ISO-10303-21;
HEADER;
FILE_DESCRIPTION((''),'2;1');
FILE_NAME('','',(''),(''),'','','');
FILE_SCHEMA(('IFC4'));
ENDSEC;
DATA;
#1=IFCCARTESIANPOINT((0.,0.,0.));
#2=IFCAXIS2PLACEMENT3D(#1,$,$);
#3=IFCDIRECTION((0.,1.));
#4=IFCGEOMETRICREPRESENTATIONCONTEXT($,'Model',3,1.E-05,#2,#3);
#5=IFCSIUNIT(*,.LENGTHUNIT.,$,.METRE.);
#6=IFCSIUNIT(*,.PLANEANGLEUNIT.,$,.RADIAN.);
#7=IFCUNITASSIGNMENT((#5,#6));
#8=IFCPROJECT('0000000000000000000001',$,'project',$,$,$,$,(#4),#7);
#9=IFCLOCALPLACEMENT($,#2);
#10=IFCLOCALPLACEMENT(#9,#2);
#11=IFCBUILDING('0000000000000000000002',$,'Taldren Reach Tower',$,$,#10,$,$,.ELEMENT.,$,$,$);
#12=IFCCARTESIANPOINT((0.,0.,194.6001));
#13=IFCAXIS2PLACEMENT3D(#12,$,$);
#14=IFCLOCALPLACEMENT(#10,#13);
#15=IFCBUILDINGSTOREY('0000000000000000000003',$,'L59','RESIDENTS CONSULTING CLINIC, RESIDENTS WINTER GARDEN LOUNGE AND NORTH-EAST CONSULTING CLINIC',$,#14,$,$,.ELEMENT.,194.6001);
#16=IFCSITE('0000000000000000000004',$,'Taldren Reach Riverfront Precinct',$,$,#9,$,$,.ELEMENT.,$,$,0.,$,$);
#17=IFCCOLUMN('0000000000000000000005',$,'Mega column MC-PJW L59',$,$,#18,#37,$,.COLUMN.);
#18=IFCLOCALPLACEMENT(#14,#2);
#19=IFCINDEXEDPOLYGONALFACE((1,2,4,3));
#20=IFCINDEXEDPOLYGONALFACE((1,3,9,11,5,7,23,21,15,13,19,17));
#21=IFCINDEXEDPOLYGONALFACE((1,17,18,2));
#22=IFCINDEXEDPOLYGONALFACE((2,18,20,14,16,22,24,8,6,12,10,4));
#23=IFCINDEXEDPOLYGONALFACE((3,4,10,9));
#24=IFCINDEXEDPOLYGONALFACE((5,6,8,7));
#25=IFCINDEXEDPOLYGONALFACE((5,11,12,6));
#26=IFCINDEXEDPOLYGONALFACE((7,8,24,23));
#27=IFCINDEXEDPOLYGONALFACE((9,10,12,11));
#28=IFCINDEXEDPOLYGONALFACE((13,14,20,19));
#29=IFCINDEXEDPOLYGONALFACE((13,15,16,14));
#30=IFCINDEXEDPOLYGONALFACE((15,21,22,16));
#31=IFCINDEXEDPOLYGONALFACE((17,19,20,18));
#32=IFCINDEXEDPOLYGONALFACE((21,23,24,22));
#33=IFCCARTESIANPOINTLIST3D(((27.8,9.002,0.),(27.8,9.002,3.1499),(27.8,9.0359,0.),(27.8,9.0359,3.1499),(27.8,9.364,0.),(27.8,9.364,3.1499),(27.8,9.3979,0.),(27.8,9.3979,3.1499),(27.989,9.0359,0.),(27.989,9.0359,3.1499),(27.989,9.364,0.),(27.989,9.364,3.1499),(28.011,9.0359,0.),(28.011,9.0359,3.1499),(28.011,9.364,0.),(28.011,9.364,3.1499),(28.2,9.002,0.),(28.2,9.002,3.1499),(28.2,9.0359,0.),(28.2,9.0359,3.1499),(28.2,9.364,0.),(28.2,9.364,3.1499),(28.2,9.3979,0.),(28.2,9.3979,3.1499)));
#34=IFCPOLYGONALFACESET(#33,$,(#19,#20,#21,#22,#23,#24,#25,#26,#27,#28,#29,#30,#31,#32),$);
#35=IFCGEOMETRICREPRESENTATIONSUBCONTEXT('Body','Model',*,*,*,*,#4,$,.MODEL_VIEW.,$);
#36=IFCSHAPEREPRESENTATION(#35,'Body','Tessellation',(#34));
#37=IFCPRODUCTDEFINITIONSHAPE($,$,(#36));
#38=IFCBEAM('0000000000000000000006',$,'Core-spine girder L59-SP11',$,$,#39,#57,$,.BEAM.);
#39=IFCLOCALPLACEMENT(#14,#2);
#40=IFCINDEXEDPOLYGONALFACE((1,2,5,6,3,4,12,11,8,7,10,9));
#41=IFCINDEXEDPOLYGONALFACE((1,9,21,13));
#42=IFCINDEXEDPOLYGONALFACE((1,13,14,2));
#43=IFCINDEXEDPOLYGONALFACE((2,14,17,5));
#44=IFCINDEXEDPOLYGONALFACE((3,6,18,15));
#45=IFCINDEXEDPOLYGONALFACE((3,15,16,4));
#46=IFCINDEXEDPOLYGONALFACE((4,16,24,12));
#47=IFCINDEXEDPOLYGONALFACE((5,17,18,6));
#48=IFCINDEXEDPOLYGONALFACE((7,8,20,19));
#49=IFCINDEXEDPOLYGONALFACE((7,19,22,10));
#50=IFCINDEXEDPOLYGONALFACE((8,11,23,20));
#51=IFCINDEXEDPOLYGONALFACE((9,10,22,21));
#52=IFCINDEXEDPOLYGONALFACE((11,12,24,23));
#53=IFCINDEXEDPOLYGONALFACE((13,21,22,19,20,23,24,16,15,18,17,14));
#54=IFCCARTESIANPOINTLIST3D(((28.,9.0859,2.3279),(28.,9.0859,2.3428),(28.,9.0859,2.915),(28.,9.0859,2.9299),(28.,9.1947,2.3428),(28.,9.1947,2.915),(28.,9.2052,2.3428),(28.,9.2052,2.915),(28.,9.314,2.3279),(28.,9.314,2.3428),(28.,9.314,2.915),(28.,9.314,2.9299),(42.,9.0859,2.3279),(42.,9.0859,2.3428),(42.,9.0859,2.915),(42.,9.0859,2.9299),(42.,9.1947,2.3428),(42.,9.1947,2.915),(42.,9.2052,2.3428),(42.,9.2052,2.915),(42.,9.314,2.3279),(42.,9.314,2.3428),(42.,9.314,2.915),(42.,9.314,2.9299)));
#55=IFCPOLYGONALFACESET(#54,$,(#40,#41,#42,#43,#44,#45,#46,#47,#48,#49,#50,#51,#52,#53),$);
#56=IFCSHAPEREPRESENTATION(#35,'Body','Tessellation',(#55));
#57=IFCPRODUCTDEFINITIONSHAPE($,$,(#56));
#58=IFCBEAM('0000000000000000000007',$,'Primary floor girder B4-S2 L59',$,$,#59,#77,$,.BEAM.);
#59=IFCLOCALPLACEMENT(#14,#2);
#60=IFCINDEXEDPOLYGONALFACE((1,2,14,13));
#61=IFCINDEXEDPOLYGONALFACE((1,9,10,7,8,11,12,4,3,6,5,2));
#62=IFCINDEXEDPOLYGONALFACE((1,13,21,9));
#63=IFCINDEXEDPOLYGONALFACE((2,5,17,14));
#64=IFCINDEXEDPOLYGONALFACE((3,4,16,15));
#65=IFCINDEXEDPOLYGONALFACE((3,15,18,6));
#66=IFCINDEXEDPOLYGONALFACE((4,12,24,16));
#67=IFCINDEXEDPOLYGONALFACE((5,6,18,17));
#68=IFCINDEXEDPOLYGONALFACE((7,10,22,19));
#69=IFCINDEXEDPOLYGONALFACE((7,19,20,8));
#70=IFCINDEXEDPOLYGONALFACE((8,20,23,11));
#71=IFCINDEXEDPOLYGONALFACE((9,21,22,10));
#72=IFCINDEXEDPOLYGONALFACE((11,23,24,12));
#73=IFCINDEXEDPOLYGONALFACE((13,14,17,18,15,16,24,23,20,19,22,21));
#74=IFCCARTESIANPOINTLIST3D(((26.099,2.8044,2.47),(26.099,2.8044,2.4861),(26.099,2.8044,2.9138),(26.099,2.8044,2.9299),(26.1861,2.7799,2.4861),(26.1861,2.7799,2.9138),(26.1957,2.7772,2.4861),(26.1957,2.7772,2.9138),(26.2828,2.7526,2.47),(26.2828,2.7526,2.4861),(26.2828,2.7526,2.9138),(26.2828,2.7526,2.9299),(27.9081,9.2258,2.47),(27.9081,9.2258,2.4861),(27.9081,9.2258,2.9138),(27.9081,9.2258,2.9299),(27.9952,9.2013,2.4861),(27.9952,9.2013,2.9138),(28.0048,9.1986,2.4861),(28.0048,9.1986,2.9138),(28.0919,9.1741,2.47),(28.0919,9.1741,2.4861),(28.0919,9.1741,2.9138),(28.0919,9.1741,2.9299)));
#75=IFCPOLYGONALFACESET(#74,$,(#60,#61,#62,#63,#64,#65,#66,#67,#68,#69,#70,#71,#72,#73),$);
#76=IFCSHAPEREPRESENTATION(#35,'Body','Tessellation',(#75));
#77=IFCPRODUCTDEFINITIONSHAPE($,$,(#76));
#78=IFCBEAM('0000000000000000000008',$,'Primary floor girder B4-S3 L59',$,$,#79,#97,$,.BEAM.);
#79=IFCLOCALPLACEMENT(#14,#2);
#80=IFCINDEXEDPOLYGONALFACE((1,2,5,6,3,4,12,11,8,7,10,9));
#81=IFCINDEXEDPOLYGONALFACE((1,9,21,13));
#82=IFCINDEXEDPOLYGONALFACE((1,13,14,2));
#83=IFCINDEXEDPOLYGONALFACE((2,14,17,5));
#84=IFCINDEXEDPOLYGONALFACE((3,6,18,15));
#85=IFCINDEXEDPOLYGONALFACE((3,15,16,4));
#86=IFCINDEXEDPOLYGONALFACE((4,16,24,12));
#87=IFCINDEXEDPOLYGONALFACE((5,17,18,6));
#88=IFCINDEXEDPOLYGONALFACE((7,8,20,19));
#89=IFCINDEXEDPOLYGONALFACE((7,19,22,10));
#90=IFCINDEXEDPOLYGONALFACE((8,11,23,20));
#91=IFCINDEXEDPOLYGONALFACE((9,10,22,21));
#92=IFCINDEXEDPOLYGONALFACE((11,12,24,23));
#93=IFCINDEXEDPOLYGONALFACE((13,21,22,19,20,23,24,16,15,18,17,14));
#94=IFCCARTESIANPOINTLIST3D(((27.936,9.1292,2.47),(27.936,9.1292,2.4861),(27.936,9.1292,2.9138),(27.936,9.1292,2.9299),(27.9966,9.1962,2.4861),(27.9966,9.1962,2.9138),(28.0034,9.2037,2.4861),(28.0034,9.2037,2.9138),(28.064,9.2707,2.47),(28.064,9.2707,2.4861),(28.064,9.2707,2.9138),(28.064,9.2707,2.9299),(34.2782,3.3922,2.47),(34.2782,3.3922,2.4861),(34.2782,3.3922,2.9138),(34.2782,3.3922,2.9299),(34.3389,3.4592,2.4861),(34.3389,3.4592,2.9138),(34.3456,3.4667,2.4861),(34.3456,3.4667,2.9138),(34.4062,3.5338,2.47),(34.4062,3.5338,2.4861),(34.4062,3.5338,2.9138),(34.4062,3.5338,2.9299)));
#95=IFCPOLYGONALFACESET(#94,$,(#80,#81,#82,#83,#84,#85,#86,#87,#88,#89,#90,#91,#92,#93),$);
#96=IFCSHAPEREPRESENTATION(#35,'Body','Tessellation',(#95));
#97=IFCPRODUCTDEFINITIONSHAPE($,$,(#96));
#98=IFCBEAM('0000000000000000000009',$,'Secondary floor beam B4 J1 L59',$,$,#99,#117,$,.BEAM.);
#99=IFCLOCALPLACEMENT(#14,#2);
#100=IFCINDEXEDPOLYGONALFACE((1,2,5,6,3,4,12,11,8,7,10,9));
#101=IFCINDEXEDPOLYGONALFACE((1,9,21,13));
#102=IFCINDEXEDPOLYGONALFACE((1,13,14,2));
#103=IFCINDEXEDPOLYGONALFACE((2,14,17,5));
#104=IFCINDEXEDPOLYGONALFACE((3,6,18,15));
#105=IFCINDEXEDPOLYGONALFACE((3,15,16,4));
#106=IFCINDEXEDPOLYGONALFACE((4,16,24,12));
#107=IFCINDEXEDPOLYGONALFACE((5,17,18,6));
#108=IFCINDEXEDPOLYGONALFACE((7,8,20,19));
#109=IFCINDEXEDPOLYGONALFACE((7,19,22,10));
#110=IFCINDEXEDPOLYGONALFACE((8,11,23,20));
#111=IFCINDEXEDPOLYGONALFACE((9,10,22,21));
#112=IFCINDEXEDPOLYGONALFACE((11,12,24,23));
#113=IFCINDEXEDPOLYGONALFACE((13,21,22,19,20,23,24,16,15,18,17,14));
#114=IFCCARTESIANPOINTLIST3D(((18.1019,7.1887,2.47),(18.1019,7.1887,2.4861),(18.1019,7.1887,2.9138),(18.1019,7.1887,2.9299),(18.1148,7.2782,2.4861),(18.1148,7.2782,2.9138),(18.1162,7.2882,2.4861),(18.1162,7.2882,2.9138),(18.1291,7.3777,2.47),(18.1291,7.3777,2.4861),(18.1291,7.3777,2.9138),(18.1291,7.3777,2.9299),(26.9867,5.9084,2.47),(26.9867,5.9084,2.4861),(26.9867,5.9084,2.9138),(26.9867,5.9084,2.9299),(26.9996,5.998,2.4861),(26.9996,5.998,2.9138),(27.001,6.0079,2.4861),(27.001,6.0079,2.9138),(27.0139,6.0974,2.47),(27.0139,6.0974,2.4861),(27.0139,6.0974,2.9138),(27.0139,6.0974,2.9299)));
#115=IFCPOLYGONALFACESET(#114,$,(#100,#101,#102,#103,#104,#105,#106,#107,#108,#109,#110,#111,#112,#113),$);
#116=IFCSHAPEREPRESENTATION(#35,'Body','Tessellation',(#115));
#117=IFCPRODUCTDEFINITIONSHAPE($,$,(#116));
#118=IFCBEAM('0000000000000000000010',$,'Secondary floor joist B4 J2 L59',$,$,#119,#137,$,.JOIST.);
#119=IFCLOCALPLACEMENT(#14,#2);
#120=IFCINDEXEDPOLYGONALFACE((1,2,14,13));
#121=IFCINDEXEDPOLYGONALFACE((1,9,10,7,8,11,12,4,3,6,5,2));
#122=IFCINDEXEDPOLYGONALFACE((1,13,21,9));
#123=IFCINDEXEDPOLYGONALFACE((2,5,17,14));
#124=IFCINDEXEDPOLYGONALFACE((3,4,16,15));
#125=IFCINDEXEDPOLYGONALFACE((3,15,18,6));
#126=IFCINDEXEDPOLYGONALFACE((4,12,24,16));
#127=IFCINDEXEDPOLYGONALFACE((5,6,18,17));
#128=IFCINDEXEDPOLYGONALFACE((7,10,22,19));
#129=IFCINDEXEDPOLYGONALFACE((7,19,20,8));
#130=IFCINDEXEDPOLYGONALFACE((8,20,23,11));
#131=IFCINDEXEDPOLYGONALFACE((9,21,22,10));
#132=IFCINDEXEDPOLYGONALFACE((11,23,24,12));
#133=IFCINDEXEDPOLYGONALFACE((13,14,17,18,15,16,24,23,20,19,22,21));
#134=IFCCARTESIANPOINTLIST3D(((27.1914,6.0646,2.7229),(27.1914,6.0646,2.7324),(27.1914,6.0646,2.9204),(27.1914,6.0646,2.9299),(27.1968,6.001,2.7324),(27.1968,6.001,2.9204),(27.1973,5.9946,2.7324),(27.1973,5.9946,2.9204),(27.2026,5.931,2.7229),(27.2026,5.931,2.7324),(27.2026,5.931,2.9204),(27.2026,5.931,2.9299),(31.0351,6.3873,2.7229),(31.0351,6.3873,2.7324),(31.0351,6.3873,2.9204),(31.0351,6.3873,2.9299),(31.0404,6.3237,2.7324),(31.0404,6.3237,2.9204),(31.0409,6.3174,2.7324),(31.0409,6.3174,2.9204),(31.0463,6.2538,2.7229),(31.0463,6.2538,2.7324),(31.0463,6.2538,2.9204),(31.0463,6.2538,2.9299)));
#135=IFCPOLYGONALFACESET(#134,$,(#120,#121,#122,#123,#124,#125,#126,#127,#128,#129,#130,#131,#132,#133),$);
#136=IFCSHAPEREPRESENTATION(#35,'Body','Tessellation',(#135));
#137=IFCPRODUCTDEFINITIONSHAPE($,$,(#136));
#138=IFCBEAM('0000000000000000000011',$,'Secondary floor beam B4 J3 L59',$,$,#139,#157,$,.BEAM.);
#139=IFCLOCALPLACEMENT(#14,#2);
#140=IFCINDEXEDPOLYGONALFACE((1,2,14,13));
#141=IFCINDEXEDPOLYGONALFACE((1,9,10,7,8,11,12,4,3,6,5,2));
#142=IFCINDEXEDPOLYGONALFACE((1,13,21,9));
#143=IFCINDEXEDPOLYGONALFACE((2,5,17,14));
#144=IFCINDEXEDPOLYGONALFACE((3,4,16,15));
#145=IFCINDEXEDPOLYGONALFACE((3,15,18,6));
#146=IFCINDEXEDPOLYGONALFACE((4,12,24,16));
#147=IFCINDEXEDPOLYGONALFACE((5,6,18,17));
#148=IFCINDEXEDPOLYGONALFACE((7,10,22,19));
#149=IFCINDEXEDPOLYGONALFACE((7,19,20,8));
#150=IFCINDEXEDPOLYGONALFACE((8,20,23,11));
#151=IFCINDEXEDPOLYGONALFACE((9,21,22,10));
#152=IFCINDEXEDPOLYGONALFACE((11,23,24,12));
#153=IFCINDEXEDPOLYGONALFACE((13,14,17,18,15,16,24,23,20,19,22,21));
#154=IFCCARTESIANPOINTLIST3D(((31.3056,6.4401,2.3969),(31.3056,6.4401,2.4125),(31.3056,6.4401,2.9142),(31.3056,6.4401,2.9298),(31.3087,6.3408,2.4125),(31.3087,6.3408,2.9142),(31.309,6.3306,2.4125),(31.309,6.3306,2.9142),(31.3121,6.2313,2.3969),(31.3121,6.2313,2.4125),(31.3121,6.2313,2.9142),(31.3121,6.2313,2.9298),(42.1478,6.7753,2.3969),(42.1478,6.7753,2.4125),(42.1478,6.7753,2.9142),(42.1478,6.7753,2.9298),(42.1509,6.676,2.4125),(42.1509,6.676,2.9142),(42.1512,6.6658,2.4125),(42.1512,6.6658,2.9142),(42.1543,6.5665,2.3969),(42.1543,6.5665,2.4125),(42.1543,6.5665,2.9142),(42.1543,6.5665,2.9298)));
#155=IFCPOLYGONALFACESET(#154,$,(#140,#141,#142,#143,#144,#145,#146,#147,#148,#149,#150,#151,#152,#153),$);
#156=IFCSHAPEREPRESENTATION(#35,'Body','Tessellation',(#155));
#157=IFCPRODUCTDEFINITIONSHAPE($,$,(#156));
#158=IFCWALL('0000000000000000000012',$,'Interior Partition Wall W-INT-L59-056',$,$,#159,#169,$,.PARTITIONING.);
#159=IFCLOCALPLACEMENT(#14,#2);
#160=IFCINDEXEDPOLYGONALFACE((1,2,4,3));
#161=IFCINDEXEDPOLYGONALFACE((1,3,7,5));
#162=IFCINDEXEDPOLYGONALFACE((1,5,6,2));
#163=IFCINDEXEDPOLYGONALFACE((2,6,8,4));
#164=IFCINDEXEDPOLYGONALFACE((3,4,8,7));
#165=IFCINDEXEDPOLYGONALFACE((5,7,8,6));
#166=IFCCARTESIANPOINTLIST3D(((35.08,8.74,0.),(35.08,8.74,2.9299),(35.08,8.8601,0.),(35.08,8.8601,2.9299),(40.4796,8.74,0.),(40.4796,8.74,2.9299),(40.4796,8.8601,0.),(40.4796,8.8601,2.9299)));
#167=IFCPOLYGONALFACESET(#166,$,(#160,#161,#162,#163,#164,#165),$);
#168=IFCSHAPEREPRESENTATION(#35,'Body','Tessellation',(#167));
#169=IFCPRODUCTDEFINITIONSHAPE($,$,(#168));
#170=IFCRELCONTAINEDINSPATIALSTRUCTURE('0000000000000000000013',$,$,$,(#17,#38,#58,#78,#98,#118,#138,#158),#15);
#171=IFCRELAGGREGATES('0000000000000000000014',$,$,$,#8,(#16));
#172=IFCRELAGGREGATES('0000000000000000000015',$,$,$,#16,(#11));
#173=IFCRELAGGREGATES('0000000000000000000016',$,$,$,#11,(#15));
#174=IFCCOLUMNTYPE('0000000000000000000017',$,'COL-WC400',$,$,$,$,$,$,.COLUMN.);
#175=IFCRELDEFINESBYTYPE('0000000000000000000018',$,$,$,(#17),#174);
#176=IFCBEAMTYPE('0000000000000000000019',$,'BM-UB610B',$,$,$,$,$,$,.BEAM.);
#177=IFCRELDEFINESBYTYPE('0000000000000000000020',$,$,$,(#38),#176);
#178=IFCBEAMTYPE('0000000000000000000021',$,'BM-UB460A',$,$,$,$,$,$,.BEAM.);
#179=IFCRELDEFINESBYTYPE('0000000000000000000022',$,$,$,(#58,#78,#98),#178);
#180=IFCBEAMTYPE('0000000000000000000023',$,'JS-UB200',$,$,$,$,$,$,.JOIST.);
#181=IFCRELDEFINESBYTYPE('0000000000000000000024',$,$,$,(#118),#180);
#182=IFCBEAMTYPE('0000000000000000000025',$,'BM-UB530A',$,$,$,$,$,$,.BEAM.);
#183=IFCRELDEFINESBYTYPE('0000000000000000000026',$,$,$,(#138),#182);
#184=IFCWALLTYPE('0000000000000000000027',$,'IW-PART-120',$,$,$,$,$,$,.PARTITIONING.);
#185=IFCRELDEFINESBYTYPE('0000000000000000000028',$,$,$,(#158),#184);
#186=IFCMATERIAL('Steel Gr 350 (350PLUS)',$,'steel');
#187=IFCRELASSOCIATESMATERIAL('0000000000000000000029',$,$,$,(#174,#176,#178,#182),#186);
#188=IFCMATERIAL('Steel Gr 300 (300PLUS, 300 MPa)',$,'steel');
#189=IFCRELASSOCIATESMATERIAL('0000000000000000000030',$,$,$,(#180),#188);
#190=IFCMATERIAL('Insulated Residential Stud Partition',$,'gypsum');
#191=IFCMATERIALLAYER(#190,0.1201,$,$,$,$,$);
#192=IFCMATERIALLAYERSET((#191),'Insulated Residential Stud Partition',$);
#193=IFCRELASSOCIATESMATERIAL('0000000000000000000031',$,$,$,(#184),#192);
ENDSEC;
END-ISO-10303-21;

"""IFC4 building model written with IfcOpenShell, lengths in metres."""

from ifc_helpers import new_model, si_unit, direction, frame, frame_2d, origin, origin_2d, place, context, subcontext, project, spatial, rectangle, i_section, extrude, source, transform, mapped, material, layer, layer_set, material_profile, profile_set, type_object, element, save


model = new_model("IFC4")

# Units and contexts
model_context = context("Model", 3, precision=1e-05, world=origin(), true_north=direction((0.0, 1.0)))
body_context = subcontext(model_context, "Body", "Model", "MODEL_VIEW")
ifc_project = project(units=[si_unit("LENGTHUNIT", "METRE"), si_unit("PLANEANGLEUNIT", "RADIAN")], contexts=[model_context])

# Site, building, storey
site_placement = place(None, origin())
site = spatial("IfcSite", under=ifc_project, at=site_placement, Name="Taldren Reach Riverfront Precinct", CompositionType="ELEMENT", RefElevation=0.0)
building_placement = place(site_placement, origin())
building = spatial("IfcBuilding", under=site, at=building_placement, Name="Taldren Reach Tower", CompositionType="ELEMENT")
storey_placement = place(building_placement, frame((0.0, 0.0, 194.6001)))
storey = spatial("IfcBuildingStorey", under=building, at=storey_placement, Name="L59", Description="RESIDENTS CONSULTING CLINIC, RESIDENTS WINTER GARDEN LOUNGE AND NORTH-EAST CONSULTING CLINIC", CompositionType="ELEMENT", Elevation=194.6001)

# Column
ifc_material_1 = material(Name="Steel Gr 350 (350PLUS)", Category="steel")
ifc_material_profile_1 = material_profile(ifc_material_1, i_section(OverallWidth=0.3999, OverallDepth=0.396, WebThickness=0.022, FlangeThickness=0.0339, at=origin_2d()), Name="400WC270")
ifc_profile_set_1 = profile_set([ifc_material_profile_1], Name="Steel Gr 350 (350PLUS)")
column_type = type_object("IfcColumnType", Name="COL-WC400", PredefinedType="COLUMN", material=ifc_profile_set_1)
shared_shape_1 = source(origin(), body_context, "Body", "SweptSolid", [
    extrude(i_section(OverallWidth=0.3999, OverallDepth=0.396, WebThickness=0.022, FlangeThickness=0.0339, at=origin_2d()), origin(), (0.0, 0.0, 1.0), 3.1499),
])
column_placement = place(storey_placement, frame((28.0, 9.2, 0.0), z_axis=(0.0, 0.0, 1.0), x_axis=(1.0, 0.0, 0.0)))
element("IfcColumn", 1, at=column_placement, inside=storey, type_object=column_type, Name="Mega column MC-PJW L59", PredefinedType="COLUMN", context=body_context, shape_type="MappedRepresentation", body=[
    mapped(shared_shape_1, transform((0.0, 0.0, 0.0), scale=1.0)),
])

# Beams
ifc_material_profile_2 = material_profile(ifc_material_1, i_section(OverallWidth=0.228, OverallDepth=0.6021, WebThickness=0.0105, FlangeThickness=0.0149, at=origin_2d()), Name="610UB101")
ifc_profile_set_2 = profile_set([ifc_material_profile_2], Name="Steel Gr 350 (350PLUS)")
beam_type_1 = type_object("IfcBeamType", Name="BM-UB610B", PredefinedType="BEAM", material=ifc_profile_set_2)
shared_shape_2 = source(origin(), body_context, "Body", "SweptSolid", [
    extrude(i_section(OverallWidth=0.228, OverallDepth=0.6021, WebThickness=0.0105, FlangeThickness=0.0149, at=origin_2d()), origin(), (0.0, 0.0, 1.0), 14.0),
])
beam_1_placement = place(storey_placement, frame((28.0, 9.2, 2.6289), z_axis=(1.0, 0.0, 0.0), x_axis=(0.0, 1.0, 0.0)))
element("IfcBeam", 2, at=beam_1_placement, inside=storey, type_object=beam_type_1, Name="Core-spine girder L59-SP11", PredefinedType="BEAM", context=body_context, shape_type="MappedRepresentation", body=[
    mapped(shared_shape_2, transform((0.0, 0.0, 0.0), scale=1.0)),
])
ifc_material_profile_3 = material_profile(ifc_material_1, i_section(OverallWidth=0.1909, OverallDepth=0.46, WebThickness=0.01, FlangeThickness=0.0161, at=origin_2d()), Name="460UB82.1")
ifc_profile_set_3 = profile_set([ifc_material_profile_3], Name="Steel Gr 350 (350PLUS)")
beam_type_2 = type_object("IfcBeamType", Name="BM-UB460A", PredefinedType="BEAM", material=ifc_profile_set_3)
shared_shape_3 = source(origin(), body_context, "Body", "SweptSolid", [
    extrude(i_section(OverallWidth=0.1909, OverallDepth=0.46, WebThickness=0.01, FlangeThickness=0.0161, at=origin_2d()), origin(), (0.0, 0.0, 1.0), 6.6714),
])
beam_2_placement = place(storey_placement, frame((28.0, 9.2, 2.7), z_axis=(-0.271172, -0.962531, 0.0), x_axis=(0.962531, -0.271172, 0.0)))
element("IfcBeam", 3, at=beam_2_placement, inside=storey, type_object=beam_type_2, Name="Primary floor girder B4-S2 L59", PredefinedType="BEAM", context=body_context, shape_type="MappedRepresentation", body=[
    mapped(shared_shape_3, transform((0.0, 0.0, 0.0), scale=1.0)),
])
shared_shape_4 = source(origin(), body_context, "Body", "SweptSolid", [
    extrude(i_section(OverallWidth=0.1909, OverallDepth=0.46, WebThickness=0.01, FlangeThickness=0.0161, at=origin_2d()), origin(), (0.0, 0.0, 1.0), 8.552),
])
beam_3_placement = place(storey_placement, frame((28.0, 9.2, 2.7), z_axis=(0.741605, -0.670836, 0.0), x_axis=(0.670836, 0.741605, 0.0)))
element("IfcBeam", 4, at=beam_3_placement, inside=storey, type_object=beam_type_2, Name="Primary floor girder B4-S3 L59", PredefinedType="BEAM", context=body_context, shape_type="MappedRepresentation", body=[
    mapped(shared_shape_4, transform((0.0, 0.0, 0.0), scale=1.0)),
])
shared_shape_5 = source(origin(), body_context, "Body", "SweptSolid", [
    extrude(i_section(OverallWidth=0.1909, OverallDepth=0.46, WebThickness=0.01, FlangeThickness=0.0161, at=origin_2d()), origin(), (0.0, 0.0, 1.0), 8.9766),
])
beam_4_placement = place(storey_placement, frame((18.1155, 7.2832, 2.7), z_axis=(0.989777, -0.142624, 0.0), x_axis=(0.142624, 0.989777, 0.0)))
element("IfcBeam", 5, at=beam_4_placement, inside=storey, type_object=beam_type_2, Name="Secondary floor beam B4 J1 L59", PredefinedType="BEAM", context=body_context, shape_type="MappedRepresentation", body=[
    mapped(shared_shape_5, transform((0.0, 0.0, 0.0), scale=1.0)),
])
ifc_material_2 = material(Name="Steel Gr 300 (300PLUS, 300 MPa)", Category="steel")
ifc_material_profile_4 = material_profile(ifc_material_2, i_section(OverallWidth=0.134, OverallDepth=0.207, WebThickness=0.0063, FlangeThickness=0.0095, at=origin_2d()), Name="200UB29.8")
ifc_profile_set_4 = profile_set([ifc_material_profile_4], Name="Steel Gr 300 (300PLUS, 300 MPa)")
beam_type_3 = type_object("IfcBeamType", Name="JS-UB200", PredefinedType="JOIST", material=ifc_profile_set_4)
shared_shape_6 = source(origin(), body_context, "Body", "SweptSolid", [
    extrude(i_section(OverallWidth=0.134, OverallDepth=0.207, WebThickness=0.0063, FlangeThickness=0.0095, at=origin_2d()), origin(), (0.0, 0.0, 1.0), 3.8572),
])
beam_5_placement = place(storey_placement, frame((27.197, 5.9978, 2.8264), z_axis=(0.996493, 0.083674, 0.0), x_axis=(-0.083674, 0.996493, 0.0)))
element("IfcBeam", 6, at=beam_5_placement, inside=storey, type_object=beam_type_3, Name="Secondary floor joist B4 J2 L59", PredefinedType="JOIST", context=body_context, shape_type="MappedRepresentation", body=[
    mapped(shared_shape_6, transform((0.0, 0.0, 0.0), scale=1.0)),
])
ifc_material_profile_5 = material_profile(ifc_material_1, i_section(OverallWidth=0.209, OverallDepth=0.533, WebThickness=0.0103, FlangeThickness=0.0156, at=origin_2d()), Name="530UB92.4")
ifc_profile_set_5 = profile_set([ifc_material_profile_5], Name="Steel Gr 350 (350PLUS)")
beam_type_4 = type_object("IfcBeamType", Name="BM-UB530A", PredefinedType="BEAM", material=ifc_profile_set_5)
shared_shape_7 = source(origin(), body_context, "Body", "SweptSolid", [
    extrude(i_section(OverallWidth=0.209, OverallDepth=0.533, WebThickness=0.0103, FlangeThickness=0.0156, at=origin_2d()), origin(), (0.0, 0.0, 1.0), 10.8474),
])
beam_6_placement = place(storey_placement, frame((31.3088, 6.3357, 2.6633), z_axis=(0.999522, 0.030902, 0.0), x_axis=(-0.030902, 0.999522, 0.0)))
element("IfcBeam", 7, at=beam_6_placement, inside=storey, type_object=beam_type_4, Name="Secondary floor beam B4 J3 L59", PredefinedType="BEAM", context=body_context, shape_type="MappedRepresentation", body=[
    mapped(shared_shape_7, transform((0.0, 0.0, 0.0), scale=1.0)),
])

# Wall
ifc_material_3 = material(Name="Insulated Residential Stud Partition", Category="gypsum")
ifc_layer_1 = layer(ifc_material_3, 0.1201)
ifc_layer_set_1 = layer_set([ifc_layer_1], Name="Insulated Residential Stud Partition")
wall_type_1 = type_object("IfcWallType", Name="IW-PART-120", PredefinedType="PARTITIONING", material=ifc_layer_set_1)
shared_shape_8 = source(origin(), body_context, "Body", "SweptSolid", [
    extrude(rectangle(XDim=5.3997, YDim=0.1201, at=frame_2d((2.6997, 0.0))), origin(), (0.0, 0.0, 1.0), 2.9299),
])
wall_1_placement = place(storey_placement, frame((35.0801, 8.8, 0.0), z_axis=(0.0, 0.0, 1.0), x_axis=(1.0, 0.0, 0.0)))
element("IfcWall", 8, at=wall_1_placement, inside=storey, type_object=wall_type_1, Name="Interior Partition Wall W-INT-L59-056", PredefinedType="PARTITIONING", context=body_context, shape_type="MappedRepresentation", body=[
    mapped(shared_shape_8, transform((0.0, 0.0, 0.0), scale=1.0)),
])

save(model, "model.ifc")
